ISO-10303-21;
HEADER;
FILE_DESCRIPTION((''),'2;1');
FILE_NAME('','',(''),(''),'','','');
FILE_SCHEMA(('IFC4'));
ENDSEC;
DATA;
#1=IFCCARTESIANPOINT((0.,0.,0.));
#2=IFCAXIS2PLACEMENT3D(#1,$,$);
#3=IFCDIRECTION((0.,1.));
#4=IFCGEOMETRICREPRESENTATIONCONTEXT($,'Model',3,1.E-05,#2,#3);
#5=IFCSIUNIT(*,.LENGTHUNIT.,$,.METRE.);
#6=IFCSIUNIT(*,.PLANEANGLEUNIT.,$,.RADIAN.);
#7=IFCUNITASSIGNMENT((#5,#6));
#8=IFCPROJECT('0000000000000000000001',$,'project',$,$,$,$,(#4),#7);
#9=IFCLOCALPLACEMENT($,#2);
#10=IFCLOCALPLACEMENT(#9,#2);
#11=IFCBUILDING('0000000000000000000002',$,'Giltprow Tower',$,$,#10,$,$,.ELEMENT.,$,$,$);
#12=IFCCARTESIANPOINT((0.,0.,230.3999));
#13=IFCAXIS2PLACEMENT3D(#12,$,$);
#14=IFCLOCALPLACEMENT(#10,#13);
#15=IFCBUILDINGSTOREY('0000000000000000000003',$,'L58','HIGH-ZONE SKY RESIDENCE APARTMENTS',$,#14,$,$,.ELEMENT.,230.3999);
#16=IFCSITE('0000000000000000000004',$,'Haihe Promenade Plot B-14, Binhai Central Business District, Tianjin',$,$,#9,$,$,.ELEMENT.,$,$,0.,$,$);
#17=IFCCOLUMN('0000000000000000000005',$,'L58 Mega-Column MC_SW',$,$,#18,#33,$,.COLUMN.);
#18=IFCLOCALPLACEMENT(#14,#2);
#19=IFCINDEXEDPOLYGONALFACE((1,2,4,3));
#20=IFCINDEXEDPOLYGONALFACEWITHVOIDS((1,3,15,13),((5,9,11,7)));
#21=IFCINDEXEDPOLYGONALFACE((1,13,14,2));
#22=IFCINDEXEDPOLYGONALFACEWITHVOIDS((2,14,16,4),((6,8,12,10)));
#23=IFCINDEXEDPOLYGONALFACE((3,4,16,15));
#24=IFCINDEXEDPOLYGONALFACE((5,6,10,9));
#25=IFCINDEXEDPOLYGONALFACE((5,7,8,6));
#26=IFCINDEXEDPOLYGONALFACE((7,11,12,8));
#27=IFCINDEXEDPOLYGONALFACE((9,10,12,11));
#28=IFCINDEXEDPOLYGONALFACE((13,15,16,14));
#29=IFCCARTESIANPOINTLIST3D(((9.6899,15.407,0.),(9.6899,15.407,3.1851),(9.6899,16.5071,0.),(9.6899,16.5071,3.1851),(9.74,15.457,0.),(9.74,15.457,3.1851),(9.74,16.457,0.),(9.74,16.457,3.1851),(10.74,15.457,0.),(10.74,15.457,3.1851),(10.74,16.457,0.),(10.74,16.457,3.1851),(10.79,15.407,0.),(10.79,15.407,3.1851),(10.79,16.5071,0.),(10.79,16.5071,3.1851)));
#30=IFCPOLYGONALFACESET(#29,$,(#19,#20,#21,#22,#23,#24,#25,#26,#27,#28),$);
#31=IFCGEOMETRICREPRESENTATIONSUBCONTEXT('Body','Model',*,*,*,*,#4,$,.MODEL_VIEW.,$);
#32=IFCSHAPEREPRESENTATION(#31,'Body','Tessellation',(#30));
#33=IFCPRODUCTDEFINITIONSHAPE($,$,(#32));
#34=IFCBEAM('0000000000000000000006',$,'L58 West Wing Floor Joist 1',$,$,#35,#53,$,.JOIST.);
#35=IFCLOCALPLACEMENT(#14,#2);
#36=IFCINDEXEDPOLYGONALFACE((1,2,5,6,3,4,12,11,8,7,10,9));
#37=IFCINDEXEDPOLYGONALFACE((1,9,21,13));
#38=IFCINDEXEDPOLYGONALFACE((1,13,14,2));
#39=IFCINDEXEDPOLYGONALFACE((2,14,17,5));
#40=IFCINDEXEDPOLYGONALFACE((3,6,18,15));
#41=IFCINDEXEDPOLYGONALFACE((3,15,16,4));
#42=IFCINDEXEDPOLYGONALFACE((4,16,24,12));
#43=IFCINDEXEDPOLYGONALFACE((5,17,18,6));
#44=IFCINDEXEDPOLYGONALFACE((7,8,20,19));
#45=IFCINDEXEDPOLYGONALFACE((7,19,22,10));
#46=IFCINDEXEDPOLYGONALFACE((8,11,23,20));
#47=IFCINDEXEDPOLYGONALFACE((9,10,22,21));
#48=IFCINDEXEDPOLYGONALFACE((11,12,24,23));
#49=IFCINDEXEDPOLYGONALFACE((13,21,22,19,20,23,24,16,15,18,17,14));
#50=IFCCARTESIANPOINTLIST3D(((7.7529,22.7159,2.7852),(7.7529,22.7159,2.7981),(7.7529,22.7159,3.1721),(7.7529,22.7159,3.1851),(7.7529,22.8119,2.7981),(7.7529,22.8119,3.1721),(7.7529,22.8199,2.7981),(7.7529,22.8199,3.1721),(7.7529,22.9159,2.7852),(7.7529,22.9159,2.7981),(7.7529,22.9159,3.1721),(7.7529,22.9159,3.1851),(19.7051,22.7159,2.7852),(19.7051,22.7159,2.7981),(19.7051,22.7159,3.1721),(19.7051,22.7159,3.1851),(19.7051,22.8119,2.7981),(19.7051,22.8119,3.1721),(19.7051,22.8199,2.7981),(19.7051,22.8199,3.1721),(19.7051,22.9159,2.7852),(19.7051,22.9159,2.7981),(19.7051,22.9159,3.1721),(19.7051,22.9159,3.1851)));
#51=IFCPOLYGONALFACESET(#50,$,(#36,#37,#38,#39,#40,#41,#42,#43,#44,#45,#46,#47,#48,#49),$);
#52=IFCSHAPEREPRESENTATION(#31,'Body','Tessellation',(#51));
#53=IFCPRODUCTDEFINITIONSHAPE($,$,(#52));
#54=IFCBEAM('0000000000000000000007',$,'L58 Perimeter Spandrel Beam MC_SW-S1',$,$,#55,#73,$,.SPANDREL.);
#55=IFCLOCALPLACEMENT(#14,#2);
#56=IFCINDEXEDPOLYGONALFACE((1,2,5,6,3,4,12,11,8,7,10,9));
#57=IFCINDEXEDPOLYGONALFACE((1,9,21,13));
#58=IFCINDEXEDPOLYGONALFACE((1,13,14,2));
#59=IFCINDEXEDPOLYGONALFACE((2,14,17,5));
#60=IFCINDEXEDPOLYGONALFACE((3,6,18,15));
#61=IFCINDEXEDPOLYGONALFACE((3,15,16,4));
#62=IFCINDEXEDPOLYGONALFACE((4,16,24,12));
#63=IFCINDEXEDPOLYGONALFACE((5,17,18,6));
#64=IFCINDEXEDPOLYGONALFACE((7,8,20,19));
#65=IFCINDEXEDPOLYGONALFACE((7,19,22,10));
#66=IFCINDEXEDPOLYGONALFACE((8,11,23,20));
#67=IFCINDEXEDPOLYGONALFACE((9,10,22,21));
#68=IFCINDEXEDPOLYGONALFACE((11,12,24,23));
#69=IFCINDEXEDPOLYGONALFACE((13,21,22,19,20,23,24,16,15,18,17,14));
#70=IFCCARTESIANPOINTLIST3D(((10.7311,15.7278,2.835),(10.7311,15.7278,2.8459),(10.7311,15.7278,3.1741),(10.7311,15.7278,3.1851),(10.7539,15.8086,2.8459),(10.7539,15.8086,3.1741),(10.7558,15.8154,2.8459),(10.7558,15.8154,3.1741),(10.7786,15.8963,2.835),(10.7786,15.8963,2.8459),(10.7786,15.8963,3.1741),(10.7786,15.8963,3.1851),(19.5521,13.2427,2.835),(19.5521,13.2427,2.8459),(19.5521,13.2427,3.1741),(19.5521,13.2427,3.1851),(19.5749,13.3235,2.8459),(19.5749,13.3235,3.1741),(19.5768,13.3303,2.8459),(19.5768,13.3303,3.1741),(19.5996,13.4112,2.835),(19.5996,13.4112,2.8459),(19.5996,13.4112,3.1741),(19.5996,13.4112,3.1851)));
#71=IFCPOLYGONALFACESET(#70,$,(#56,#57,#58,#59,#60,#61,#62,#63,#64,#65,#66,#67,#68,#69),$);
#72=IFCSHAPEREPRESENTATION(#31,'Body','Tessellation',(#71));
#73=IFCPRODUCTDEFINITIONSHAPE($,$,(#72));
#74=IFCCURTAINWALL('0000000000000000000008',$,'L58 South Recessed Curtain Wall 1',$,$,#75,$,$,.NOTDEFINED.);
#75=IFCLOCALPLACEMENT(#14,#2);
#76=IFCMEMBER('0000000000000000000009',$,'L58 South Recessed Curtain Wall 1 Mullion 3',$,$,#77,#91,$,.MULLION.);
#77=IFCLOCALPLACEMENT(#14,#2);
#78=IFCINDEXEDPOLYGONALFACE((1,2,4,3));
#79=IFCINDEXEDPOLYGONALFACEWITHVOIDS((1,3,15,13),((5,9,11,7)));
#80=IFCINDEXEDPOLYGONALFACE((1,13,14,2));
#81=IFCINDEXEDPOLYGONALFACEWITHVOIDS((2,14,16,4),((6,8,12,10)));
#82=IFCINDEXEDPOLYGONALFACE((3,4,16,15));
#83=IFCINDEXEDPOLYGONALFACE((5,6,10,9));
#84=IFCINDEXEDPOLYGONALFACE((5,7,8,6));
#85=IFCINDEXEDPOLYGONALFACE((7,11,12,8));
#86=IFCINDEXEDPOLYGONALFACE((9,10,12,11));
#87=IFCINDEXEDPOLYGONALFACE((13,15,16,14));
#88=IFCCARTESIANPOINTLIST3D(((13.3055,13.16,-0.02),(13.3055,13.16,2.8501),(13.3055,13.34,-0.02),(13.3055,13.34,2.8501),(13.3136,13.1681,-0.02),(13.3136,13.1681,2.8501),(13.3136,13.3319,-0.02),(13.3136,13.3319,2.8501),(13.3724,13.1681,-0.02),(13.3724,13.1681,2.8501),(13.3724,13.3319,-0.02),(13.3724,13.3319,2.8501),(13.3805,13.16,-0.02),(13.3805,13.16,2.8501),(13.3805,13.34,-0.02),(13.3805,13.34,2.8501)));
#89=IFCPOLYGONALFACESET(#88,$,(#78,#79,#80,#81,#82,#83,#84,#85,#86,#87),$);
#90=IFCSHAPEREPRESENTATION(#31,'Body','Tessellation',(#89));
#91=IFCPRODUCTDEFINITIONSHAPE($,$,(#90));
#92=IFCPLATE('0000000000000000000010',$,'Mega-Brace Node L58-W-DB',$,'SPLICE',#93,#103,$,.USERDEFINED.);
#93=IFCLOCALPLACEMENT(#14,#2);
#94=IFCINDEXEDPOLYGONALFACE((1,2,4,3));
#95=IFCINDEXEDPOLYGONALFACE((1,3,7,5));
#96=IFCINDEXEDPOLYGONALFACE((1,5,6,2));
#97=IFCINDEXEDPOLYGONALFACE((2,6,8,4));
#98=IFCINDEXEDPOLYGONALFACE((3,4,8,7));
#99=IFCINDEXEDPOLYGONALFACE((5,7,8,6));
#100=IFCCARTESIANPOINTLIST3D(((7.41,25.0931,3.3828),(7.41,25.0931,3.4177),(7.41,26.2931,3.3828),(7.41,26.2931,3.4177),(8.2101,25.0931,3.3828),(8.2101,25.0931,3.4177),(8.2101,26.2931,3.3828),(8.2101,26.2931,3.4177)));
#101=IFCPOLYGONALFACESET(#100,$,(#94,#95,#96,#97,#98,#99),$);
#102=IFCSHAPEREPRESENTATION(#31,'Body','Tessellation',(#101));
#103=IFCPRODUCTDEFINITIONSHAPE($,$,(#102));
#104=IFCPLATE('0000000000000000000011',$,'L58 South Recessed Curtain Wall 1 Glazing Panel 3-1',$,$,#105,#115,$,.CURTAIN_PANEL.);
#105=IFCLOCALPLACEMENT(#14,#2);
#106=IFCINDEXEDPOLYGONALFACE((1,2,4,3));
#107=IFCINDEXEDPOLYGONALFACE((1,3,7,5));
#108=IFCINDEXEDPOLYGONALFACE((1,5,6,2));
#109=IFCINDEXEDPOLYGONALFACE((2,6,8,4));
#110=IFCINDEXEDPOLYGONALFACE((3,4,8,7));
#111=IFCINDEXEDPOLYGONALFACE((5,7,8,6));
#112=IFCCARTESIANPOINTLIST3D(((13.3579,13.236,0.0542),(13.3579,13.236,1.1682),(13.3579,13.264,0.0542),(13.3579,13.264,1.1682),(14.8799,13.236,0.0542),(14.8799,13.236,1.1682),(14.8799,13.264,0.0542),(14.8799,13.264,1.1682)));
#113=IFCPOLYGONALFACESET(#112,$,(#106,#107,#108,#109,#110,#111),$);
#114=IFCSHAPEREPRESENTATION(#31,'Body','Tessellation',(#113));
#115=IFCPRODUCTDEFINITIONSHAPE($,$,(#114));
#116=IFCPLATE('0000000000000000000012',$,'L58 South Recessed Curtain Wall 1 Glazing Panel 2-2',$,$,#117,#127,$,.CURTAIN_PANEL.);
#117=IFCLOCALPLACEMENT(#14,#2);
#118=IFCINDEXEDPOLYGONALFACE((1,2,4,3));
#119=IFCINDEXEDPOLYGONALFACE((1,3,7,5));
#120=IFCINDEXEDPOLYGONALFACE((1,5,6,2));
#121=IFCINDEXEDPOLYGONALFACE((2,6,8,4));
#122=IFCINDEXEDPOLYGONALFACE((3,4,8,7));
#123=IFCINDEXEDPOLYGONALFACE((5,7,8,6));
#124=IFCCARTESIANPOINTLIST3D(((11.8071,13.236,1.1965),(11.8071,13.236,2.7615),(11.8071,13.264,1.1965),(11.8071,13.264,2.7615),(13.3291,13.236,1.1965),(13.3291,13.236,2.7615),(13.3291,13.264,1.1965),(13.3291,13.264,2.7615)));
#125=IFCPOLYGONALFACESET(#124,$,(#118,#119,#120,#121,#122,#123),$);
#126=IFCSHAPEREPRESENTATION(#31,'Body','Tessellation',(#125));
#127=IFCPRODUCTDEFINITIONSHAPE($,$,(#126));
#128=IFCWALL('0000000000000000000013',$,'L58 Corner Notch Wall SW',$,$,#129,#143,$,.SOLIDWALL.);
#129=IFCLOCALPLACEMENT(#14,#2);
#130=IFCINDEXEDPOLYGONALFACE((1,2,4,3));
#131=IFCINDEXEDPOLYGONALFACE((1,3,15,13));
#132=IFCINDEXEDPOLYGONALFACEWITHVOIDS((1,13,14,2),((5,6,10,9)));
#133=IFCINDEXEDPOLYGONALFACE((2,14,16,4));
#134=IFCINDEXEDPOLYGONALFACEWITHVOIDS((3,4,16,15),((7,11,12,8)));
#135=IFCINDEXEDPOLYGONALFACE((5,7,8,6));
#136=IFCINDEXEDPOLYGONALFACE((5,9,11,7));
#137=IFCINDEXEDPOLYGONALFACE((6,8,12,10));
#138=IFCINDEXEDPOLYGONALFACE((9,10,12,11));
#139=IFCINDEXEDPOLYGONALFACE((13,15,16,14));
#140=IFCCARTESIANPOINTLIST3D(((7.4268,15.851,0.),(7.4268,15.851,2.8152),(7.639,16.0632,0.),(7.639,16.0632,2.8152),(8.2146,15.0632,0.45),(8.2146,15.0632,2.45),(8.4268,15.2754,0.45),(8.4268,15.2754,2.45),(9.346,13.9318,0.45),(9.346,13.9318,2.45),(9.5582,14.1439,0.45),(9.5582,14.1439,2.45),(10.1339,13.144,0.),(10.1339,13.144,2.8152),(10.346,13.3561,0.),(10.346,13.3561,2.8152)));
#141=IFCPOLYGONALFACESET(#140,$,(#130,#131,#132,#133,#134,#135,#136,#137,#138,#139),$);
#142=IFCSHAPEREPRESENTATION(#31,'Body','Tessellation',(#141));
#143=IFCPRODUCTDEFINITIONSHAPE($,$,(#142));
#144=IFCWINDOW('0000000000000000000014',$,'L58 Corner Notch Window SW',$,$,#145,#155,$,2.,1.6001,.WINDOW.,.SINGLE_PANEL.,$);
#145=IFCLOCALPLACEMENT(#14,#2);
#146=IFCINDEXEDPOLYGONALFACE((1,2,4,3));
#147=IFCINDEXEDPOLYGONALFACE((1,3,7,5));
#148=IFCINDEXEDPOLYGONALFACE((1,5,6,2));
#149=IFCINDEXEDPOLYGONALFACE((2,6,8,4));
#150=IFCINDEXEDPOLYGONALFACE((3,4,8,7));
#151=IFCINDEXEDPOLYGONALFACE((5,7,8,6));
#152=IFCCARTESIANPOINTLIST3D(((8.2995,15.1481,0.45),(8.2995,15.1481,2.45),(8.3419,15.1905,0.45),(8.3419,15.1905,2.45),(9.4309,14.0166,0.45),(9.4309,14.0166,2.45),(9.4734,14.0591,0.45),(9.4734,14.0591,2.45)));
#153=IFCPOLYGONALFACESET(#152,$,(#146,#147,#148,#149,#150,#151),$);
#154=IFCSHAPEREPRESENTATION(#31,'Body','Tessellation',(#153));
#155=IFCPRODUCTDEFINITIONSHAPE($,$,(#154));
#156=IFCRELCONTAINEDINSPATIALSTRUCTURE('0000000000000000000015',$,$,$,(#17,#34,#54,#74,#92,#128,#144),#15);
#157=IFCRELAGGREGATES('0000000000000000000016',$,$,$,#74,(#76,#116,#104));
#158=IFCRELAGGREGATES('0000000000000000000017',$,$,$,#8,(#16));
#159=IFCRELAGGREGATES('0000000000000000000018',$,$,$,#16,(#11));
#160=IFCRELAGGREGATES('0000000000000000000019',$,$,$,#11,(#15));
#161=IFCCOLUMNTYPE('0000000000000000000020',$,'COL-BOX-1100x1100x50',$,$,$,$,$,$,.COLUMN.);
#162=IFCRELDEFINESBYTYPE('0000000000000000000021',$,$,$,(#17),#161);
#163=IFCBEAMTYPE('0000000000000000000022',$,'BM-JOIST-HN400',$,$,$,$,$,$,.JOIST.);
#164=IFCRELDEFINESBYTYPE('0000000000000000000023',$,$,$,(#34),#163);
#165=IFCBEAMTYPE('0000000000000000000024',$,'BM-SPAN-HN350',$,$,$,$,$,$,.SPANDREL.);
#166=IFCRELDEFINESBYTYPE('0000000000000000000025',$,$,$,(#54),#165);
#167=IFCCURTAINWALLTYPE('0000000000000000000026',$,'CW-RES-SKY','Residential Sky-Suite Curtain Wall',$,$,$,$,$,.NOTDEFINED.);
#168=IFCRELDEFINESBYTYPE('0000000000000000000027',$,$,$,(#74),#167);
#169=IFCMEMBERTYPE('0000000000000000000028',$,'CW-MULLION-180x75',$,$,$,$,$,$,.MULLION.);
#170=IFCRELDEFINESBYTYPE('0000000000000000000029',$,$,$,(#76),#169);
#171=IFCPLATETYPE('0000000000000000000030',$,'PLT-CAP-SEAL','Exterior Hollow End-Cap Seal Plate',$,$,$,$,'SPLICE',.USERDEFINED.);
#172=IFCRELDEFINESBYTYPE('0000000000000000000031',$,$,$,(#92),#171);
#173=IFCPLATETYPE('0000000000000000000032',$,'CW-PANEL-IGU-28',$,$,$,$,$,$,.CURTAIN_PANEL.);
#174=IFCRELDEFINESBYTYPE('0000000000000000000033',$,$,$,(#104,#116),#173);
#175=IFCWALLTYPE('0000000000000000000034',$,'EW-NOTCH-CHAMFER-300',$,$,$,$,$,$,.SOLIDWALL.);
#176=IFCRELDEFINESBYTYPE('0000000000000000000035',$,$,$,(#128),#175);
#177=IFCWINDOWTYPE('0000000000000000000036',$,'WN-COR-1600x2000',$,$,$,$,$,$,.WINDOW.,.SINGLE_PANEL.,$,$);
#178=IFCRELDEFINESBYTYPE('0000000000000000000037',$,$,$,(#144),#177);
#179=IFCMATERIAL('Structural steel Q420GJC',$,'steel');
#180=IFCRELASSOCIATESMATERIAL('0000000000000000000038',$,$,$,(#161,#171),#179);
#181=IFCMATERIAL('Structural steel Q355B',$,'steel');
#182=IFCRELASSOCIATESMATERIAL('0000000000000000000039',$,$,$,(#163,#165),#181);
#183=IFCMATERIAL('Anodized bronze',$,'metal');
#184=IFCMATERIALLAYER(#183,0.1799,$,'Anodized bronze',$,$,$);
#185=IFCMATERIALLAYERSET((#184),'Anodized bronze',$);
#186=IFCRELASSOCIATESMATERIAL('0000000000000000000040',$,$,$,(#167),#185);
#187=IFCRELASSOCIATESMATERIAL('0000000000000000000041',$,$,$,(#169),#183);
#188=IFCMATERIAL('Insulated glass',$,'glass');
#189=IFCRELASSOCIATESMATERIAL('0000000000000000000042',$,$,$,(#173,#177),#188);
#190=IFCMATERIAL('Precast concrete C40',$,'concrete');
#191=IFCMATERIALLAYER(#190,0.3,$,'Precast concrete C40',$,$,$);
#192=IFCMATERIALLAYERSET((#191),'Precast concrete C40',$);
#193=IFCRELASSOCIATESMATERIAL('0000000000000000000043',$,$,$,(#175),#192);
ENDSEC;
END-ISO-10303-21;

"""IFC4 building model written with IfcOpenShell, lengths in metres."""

from ifc_helpers import new_model, si_unit, direction, frame, frame_2d, origin, origin_2d, place, context, subcontext, project, spatial, rectangle, hollow_rectangle, i_section, extrude, source, transform, mapped, material, layer, layer_set, material_profile, profile_set, type_object, element, fill, aggregate, save


model = new_model("IFC4")

# Units and contexts
model_context = context("Model", 3, precision=1e-05, world=origin(), true_north=direction((0.0, 1.0)))
body_context = subcontext(model_context, "Body", "Model", "MODEL_VIEW")
ifc_project = project(units=[si_unit("LENGTHUNIT", "METRE"), si_unit("PLANEANGLEUNIT", "RADIAN")], contexts=[model_context])

# Site, building, storey
site_placement = place(None, origin())
site = spatial("IfcSite", under=ifc_project, at=site_placement, Name="Haihe Promenade Plot B-14, Binhai Central Business District, Tianjin", CompositionType="ELEMENT", RefElevation=0.0)
building_placement = place(site_placement, origin())
building = spatial("IfcBuilding", under=site, at=building_placement, Name="Giltprow Tower", CompositionType="ELEMENT")
storey_placement = place(building_placement, frame((0.0, 0.0, 230.3999)))
storey = spatial("IfcBuildingStorey", under=building, at=storey_placement, Name="L58", Description="HIGH-ZONE SKY RESIDENCE APARTMENTS", CompositionType="ELEMENT", Elevation=230.3999)

# Column
ifc_material_1 = material(Name="Structural steel Q420GJC", Category="steel")
ifc_material_profile_1 = material_profile(ifc_material_1, hollow_rectangle(XDim=1.1001, YDim=1.1001, WallThickness=0.05, at=origin_2d()), Name="BOX 1100x1100x50")
ifc_profile_set_1 = profile_set([ifc_material_profile_1], Name="Structural steel Q420GJC")
column_type = type_object("IfcColumnType", Name="COL-BOX-1100x1100x50", PredefinedType="COLUMN", material=ifc_profile_set_1)
shared_shape_1 = source(origin(), body_context, "Body", "SweptSolid", [
    extrude(hollow_rectangle(XDim=1.1001, YDim=1.1001, WallThickness=0.05, at=origin_2d()), origin(), (0.0, 0.0, 1.0), 3.1851),
])
column_placement = place(storey_placement, frame((10.24, 15.957, 0.0), z_axis=(0.0, 0.0, 1.0), x_axis=(1.0, 0.0, 0.0)))
element("IfcColumn", 1, at=column_placement, inside=storey, type_object=column_type, Name="L58 Mega-Column MC_SW", PredefinedType="COLUMN", context=body_context, shape_type="MappedRepresentation", body=[
    mapped(shared_shape_1, transform((0.0, 0.0, 0.0), x_axis=(1.0, 0.0, 0.0), y_axis=(0.0, 1.0, 0.0), z_axis=(0.0, 0.0, 1.0), scale=1.0)),
])

# Beams
ifc_material_2 = material(Name="Structural steel Q355B", Category="steel")
ifc_material_profile_2 = material_profile(ifc_material_2, i_section(OverallWidth=0.2, OverallDepth=0.3999, WebThickness=0.0081, FlangeThickness=0.0129, at=origin_2d()), Name="HN 400x200x8x13")
ifc_profile_set_2 = profile_set([ifc_material_profile_2], Name="Structural steel Q355B")
beam_type_1 = type_object("IfcBeamType", Name="BM-JOIST-HN400", PredefinedType="JOIST", material=ifc_profile_set_2)
shared_shape_2 = source(origin(), body_context, "Body", "SweptSolid", [
    extrude(i_section(OverallWidth=0.2, OverallDepth=0.3999, WebThickness=0.0081, FlangeThickness=0.0129, at=origin_2d()), origin(), (0.0, 0.0, 1.0), 11.9521),
])
beam_1_placement = place(storey_placement, frame((7.7529, 22.8159, 2.9851), z_axis=(1.0, 0.0, 0.0), x_axis=(0.0, 1.0, 0.0)))
element("IfcBeam", 2, at=beam_1_placement, inside=storey, type_object=beam_type_1, Name="L58 West Wing Floor Joist 1", PredefinedType="JOIST", context=body_context, shape_type="MappedRepresentation", body=[
    mapped(shared_shape_2, transform((0.0, 0.0, 0.0), x_axis=(1.0, 0.0, 0.0), y_axis=(0.0, 1.0, 0.0), z_axis=(0.0, 0.0, 1.0), scale=1.0)),
])
ifc_material_profile_3 = material_profile(ifc_material_2, i_section(OverallWidth=0.175, OverallDepth=0.3501, WebThickness=0.0071, FlangeThickness=0.011, at=origin_2d()), Name="HN 350x175x7x11")
ifc_profile_set_3 = profile_set([ifc_material_profile_3], Name="Structural steel Q355B")
beam_type_2 = type_object("IfcBeamType", Name="BM-SPAN-HN350", PredefinedType="SPANDREL", material=ifc_profile_set_3)
shared_shape_3 = source(origin(), body_context, "Body", "SweptSolid", [
    extrude(i_section(OverallWidth=0.175, OverallDepth=0.3501, WebThickness=0.0071, FlangeThickness=0.011, at=origin_2d()), origin(), (0.0, 0.0, 1.0), 9.1643),
])
beam_2_placement = place(storey_placement, frame((10.7549, 15.812, 3.01), z_axis=(0.962532, -0.271169, 0.0), x_axis=(0.271169, 0.962532, 0.0)))
element("IfcBeam", 3, at=beam_2_placement, inside=storey, type_object=beam_type_2, Name="L58 Perimeter Spandrel Beam MC_SW-S1", PredefinedType="SPANDREL", context=body_context, shape_type="MappedRepresentation", body=[
    mapped(shared_shape_3, transform((0.0, 0.0, 0.0), x_axis=(1.0, 0.0, 0.0), y_axis=(0.0, 1.0, 0.0), z_axis=(0.0, 0.0, 1.0), scale=1.0)),
])

# Curtain wall, member
ifc_material_3 = material(Name="Anodized bronze", Category="metal")
ifc_layer_1 = layer(ifc_material_3, 0.1799, Name="Anodized bronze")
ifc_layer_set_1 = layer_set([ifc_layer_1], Name="Anodized bronze")
curtain_wall_type = type_object("IfcCurtainWallType", Name="CW-RES-SKY", Description="Residential Sky-Suite Curtain Wall", PredefinedType="NOTDEFINED", material=ifc_layer_set_1)
curtain_wall_placement = place(storey_placement, origin())
curtain_wall = element("IfcCurtainWall", 4, at=curtain_wall_placement, inside=storey, type_object=curtain_wall_type, Name="L58 South Recessed Curtain Wall 1", PredefinedType="NOTDEFINED")
ifc_material_profile_4 = material_profile(ifc_material_3, hollow_rectangle(XDim=0.075, YDim=0.1799, WallThickness=0.0081, at=origin_2d()), Name="RHS 180x75x8")
ifc_profile_set_4 = profile_set([ifc_material_profile_4], Name="Anodized bronze")
member_type = type_object("IfcMemberType", Name="CW-MULLION-180x75", PredefinedType="MULLION", material=ifc_profile_set_4)
shared_shape_4 = source(origin(), body_context, "Body", "SweptSolid", [
    extrude(hollow_rectangle(XDim=0.075, YDim=0.1799, WallThickness=0.0081, at=origin_2d()), origin(), (0.0, 0.0, 1.0), 2.8701),
])
member_placement = place(storey_placement, frame((13.343, 13.25, -0.02), z_axis=(0.0, 0.0, 1.0), x_axis=(1.0, 0.0, 0.0)))
member = element("IfcMember", 5, at=member_placement, type_object=member_type, Name="L58 South Recessed Curtain Wall 1 Mullion 3", PredefinedType="MULLION", context=body_context, shape_type="MappedRepresentation", body=[
    mapped(shared_shape_4, transform((0.0, 0.0, 0.0), x_axis=(1.0, 0.0, 0.0), y_axis=(0.0, 1.0, 0.0), z_axis=(0.0, 0.0, 1.0), scale=1.0)),
])

# Plates
plate_type_1 = type_object("IfcPlateType", Name="PLT-CAP-SEAL", Description="Exterior Hollow End-Cap Seal Plate", ElementType="SPLICE", PredefinedType="USERDEFINED", material=ifc_material_1)
shared_shape_5 = source(origin(), body_context, "Body", "SweptSolid", [
    extrude(rectangle(XDim=1.2, YDim=0.8, at=origin_2d()), origin(), (0.0, 0.0, 1.0), 0.0349),
])
plate_1_placement = place(storey_placement, frame((7.8101, 25.6931, 3.3828), z_axis=(0.0, 0.0, 1.0), x_axis=(0.0, 1.0, 0.0)))
element("IfcPlate", 6, at=plate_1_placement, inside=storey, type_object=plate_type_1, Name="Mega-Brace Node L58-W-DB", ObjectType="SPLICE", PredefinedType="USERDEFINED", context=body_context, shape_type="MappedRepresentation", body=[
    mapped(shared_shape_5, transform((0.0, 0.0, 0.0), x_axis=(1.0, 0.0, 0.0), y_axis=(0.0, 1.0, 0.0), z_axis=(0.0, 0.0, 1.0), scale=1.0)),
])
ifc_material_4 = material(Name="Insulated glass", Category="glass")
plate_type_2 = type_object("IfcPlateType", Name="CW-PANEL-IGU-28", PredefinedType="CURTAIN_PANEL", material=ifc_material_4)
shared_shape_6 = source(origin(), body_context, "Body", "SweptSolid", [
    extrude(rectangle(XDim=1.522, YDim=0.0281, at=origin_2d()), origin(), (0.0, 0.0, 1.0), 1.114),
])
plate_2_placement = place(storey_placement, frame((14.1189, 13.25, 0.0542), z_axis=(0.0, 0.0, 1.0), x_axis=(1.0, 0.0, 0.0)))
plate_2 = element("IfcPlate", 7, at=plate_2_placement, type_object=plate_type_2, Name="L58 South Recessed Curtain Wall 1 Glazing Panel 3-1", PredefinedType="CURTAIN_PANEL", context=body_context, shape_type="MappedRepresentation", body=[
    mapped(shared_shape_6, transform((0.0, 0.0, 0.0), x_axis=(1.0, 0.0, 0.0), y_axis=(0.0, 1.0, 0.0), z_axis=(0.0, 0.0, 1.0), scale=1.0)),
])
shared_shape_7 = source(origin(), body_context, "Body", "SweptSolid", [
    extrude(rectangle(XDim=1.522, YDim=0.0281, at=origin_2d()), origin(), (0.0, 0.0, 1.0), 1.5649),
])
plate_3_placement = place(storey_placement, frame((12.5681, 13.25, 1.1965), z_axis=(0.0, 0.0, 1.0), x_axis=(1.0, 0.0, 0.0)))
plate_3 = element("IfcPlate", 8, at=plate_3_placement, type_object=plate_type_2, Name="L58 South Recessed Curtain Wall 1 Glazing Panel 2-2", PredefinedType="CURTAIN_PANEL", context=body_context, shape_type="MappedRepresentation", body=[
    mapped(shared_shape_7, transform((0.0, 0.0, 0.0), x_axis=(1.0, 0.0, 0.0), y_axis=(0.0, 1.0, 0.0), z_axis=(0.0, 0.0, 1.0), scale=1.0)),
])
aggregate(curtain_wall, [member, plate_3, plate_2])

# Wall, opening, window
ifc_material_5 = material(Name="Precast concrete C40", Category="concrete")
ifc_layer_2 = layer(ifc_material_5, 0.3, Name="Precast concrete C40")
ifc_layer_set_2 = layer_set([ifc_layer_2], Name="Precast concrete C40")
wall_type_1 = type_object("IfcWallType", Name="EW-NOTCH-CHAMFER-300", PredefinedType="SOLIDWALL", material=ifc_layer_set_2)
wall_1_placement = place(storey_placement, frame((7.533, 15.957, 0.0), z_axis=(0.0, 0.0, 1.0), x_axis=(0.707107, -0.707107, 0.0)))
wall_1 = element("IfcWall", 9, at=wall_1_placement, inside=storey, type_object=wall_type_1, Name="L58 Corner Notch Wall SW", PredefinedType="SOLIDWALL", context=body_context, shape_type="SweptSolid", body=[
    extrude(rectangle(XDim=3.8284, YDim=0.3, at=frame_2d((1.9141, 0.0))), origin(), (0.0, 0.0, 1.0), 2.8152),
])
opening_1_placement = place(wall_1_placement, frame((1.114, 0.0, 0.45)))
opening_1 = element("IfcOpeningElement", 10, at=opening_1_placement, cuts=wall_1, PredefinedType="OPENING", context=body_context, shape_type="SweptSolid", body=[
    extrude(rectangle(XDim=1.6001, YDim=2.0, at=frame_2d((0.8, 1.0))), frame((0.0, 0.1599, 0.0), z_axis=(0.0, -1.0, 0.0), x_axis=(1.0, 0.0, 0.0)), (0.0, 0.0, 1.0), 0.3201),
])
window_type_1 = type_object("IfcWindowType", Name="WN-COR-1600x2000", PartitioningType="SINGLE_PANEL", PredefinedType="WINDOW", material=ifc_material_4)
shared_shape_8 = source(origin(), body_context, "Body", "SweptSolid", [
    extrude(rectangle(XDim=1.6001, YDim=2.0, at=frame_2d((0.8, 1.0))), frame((0.0, 0.03, 0.0), z_axis=(0.0, -1.0, 0.0), x_axis=(1.0, 0.0, 0.0)), (0.0, 0.0, 1.0), 0.0601),
])
window_1_placement = place(opening_1_placement, origin())
window_1 = element("IfcWindow", 11, at=window_1_placement, inside=storey, type_object=window_type_1, Name="L58 Corner Notch Window SW", OverallHeight=2.0, OverallWidth=1.6001, PartitioningType="SINGLE_PANEL", PredefinedType="WINDOW", context=body_context, shape_type="MappedRepresentation", body=[
    mapped(shared_shape_8, transform((0.0, 0.0, 0.0), x_axis=(1.0, 0.0, 0.0), y_axis=(0.0, 1.0, 0.0), z_axis=(0.0, 0.0, 1.0), scale=1.0)),
])
fill(opening_1, window_1)

save(model, "model.ifc")
